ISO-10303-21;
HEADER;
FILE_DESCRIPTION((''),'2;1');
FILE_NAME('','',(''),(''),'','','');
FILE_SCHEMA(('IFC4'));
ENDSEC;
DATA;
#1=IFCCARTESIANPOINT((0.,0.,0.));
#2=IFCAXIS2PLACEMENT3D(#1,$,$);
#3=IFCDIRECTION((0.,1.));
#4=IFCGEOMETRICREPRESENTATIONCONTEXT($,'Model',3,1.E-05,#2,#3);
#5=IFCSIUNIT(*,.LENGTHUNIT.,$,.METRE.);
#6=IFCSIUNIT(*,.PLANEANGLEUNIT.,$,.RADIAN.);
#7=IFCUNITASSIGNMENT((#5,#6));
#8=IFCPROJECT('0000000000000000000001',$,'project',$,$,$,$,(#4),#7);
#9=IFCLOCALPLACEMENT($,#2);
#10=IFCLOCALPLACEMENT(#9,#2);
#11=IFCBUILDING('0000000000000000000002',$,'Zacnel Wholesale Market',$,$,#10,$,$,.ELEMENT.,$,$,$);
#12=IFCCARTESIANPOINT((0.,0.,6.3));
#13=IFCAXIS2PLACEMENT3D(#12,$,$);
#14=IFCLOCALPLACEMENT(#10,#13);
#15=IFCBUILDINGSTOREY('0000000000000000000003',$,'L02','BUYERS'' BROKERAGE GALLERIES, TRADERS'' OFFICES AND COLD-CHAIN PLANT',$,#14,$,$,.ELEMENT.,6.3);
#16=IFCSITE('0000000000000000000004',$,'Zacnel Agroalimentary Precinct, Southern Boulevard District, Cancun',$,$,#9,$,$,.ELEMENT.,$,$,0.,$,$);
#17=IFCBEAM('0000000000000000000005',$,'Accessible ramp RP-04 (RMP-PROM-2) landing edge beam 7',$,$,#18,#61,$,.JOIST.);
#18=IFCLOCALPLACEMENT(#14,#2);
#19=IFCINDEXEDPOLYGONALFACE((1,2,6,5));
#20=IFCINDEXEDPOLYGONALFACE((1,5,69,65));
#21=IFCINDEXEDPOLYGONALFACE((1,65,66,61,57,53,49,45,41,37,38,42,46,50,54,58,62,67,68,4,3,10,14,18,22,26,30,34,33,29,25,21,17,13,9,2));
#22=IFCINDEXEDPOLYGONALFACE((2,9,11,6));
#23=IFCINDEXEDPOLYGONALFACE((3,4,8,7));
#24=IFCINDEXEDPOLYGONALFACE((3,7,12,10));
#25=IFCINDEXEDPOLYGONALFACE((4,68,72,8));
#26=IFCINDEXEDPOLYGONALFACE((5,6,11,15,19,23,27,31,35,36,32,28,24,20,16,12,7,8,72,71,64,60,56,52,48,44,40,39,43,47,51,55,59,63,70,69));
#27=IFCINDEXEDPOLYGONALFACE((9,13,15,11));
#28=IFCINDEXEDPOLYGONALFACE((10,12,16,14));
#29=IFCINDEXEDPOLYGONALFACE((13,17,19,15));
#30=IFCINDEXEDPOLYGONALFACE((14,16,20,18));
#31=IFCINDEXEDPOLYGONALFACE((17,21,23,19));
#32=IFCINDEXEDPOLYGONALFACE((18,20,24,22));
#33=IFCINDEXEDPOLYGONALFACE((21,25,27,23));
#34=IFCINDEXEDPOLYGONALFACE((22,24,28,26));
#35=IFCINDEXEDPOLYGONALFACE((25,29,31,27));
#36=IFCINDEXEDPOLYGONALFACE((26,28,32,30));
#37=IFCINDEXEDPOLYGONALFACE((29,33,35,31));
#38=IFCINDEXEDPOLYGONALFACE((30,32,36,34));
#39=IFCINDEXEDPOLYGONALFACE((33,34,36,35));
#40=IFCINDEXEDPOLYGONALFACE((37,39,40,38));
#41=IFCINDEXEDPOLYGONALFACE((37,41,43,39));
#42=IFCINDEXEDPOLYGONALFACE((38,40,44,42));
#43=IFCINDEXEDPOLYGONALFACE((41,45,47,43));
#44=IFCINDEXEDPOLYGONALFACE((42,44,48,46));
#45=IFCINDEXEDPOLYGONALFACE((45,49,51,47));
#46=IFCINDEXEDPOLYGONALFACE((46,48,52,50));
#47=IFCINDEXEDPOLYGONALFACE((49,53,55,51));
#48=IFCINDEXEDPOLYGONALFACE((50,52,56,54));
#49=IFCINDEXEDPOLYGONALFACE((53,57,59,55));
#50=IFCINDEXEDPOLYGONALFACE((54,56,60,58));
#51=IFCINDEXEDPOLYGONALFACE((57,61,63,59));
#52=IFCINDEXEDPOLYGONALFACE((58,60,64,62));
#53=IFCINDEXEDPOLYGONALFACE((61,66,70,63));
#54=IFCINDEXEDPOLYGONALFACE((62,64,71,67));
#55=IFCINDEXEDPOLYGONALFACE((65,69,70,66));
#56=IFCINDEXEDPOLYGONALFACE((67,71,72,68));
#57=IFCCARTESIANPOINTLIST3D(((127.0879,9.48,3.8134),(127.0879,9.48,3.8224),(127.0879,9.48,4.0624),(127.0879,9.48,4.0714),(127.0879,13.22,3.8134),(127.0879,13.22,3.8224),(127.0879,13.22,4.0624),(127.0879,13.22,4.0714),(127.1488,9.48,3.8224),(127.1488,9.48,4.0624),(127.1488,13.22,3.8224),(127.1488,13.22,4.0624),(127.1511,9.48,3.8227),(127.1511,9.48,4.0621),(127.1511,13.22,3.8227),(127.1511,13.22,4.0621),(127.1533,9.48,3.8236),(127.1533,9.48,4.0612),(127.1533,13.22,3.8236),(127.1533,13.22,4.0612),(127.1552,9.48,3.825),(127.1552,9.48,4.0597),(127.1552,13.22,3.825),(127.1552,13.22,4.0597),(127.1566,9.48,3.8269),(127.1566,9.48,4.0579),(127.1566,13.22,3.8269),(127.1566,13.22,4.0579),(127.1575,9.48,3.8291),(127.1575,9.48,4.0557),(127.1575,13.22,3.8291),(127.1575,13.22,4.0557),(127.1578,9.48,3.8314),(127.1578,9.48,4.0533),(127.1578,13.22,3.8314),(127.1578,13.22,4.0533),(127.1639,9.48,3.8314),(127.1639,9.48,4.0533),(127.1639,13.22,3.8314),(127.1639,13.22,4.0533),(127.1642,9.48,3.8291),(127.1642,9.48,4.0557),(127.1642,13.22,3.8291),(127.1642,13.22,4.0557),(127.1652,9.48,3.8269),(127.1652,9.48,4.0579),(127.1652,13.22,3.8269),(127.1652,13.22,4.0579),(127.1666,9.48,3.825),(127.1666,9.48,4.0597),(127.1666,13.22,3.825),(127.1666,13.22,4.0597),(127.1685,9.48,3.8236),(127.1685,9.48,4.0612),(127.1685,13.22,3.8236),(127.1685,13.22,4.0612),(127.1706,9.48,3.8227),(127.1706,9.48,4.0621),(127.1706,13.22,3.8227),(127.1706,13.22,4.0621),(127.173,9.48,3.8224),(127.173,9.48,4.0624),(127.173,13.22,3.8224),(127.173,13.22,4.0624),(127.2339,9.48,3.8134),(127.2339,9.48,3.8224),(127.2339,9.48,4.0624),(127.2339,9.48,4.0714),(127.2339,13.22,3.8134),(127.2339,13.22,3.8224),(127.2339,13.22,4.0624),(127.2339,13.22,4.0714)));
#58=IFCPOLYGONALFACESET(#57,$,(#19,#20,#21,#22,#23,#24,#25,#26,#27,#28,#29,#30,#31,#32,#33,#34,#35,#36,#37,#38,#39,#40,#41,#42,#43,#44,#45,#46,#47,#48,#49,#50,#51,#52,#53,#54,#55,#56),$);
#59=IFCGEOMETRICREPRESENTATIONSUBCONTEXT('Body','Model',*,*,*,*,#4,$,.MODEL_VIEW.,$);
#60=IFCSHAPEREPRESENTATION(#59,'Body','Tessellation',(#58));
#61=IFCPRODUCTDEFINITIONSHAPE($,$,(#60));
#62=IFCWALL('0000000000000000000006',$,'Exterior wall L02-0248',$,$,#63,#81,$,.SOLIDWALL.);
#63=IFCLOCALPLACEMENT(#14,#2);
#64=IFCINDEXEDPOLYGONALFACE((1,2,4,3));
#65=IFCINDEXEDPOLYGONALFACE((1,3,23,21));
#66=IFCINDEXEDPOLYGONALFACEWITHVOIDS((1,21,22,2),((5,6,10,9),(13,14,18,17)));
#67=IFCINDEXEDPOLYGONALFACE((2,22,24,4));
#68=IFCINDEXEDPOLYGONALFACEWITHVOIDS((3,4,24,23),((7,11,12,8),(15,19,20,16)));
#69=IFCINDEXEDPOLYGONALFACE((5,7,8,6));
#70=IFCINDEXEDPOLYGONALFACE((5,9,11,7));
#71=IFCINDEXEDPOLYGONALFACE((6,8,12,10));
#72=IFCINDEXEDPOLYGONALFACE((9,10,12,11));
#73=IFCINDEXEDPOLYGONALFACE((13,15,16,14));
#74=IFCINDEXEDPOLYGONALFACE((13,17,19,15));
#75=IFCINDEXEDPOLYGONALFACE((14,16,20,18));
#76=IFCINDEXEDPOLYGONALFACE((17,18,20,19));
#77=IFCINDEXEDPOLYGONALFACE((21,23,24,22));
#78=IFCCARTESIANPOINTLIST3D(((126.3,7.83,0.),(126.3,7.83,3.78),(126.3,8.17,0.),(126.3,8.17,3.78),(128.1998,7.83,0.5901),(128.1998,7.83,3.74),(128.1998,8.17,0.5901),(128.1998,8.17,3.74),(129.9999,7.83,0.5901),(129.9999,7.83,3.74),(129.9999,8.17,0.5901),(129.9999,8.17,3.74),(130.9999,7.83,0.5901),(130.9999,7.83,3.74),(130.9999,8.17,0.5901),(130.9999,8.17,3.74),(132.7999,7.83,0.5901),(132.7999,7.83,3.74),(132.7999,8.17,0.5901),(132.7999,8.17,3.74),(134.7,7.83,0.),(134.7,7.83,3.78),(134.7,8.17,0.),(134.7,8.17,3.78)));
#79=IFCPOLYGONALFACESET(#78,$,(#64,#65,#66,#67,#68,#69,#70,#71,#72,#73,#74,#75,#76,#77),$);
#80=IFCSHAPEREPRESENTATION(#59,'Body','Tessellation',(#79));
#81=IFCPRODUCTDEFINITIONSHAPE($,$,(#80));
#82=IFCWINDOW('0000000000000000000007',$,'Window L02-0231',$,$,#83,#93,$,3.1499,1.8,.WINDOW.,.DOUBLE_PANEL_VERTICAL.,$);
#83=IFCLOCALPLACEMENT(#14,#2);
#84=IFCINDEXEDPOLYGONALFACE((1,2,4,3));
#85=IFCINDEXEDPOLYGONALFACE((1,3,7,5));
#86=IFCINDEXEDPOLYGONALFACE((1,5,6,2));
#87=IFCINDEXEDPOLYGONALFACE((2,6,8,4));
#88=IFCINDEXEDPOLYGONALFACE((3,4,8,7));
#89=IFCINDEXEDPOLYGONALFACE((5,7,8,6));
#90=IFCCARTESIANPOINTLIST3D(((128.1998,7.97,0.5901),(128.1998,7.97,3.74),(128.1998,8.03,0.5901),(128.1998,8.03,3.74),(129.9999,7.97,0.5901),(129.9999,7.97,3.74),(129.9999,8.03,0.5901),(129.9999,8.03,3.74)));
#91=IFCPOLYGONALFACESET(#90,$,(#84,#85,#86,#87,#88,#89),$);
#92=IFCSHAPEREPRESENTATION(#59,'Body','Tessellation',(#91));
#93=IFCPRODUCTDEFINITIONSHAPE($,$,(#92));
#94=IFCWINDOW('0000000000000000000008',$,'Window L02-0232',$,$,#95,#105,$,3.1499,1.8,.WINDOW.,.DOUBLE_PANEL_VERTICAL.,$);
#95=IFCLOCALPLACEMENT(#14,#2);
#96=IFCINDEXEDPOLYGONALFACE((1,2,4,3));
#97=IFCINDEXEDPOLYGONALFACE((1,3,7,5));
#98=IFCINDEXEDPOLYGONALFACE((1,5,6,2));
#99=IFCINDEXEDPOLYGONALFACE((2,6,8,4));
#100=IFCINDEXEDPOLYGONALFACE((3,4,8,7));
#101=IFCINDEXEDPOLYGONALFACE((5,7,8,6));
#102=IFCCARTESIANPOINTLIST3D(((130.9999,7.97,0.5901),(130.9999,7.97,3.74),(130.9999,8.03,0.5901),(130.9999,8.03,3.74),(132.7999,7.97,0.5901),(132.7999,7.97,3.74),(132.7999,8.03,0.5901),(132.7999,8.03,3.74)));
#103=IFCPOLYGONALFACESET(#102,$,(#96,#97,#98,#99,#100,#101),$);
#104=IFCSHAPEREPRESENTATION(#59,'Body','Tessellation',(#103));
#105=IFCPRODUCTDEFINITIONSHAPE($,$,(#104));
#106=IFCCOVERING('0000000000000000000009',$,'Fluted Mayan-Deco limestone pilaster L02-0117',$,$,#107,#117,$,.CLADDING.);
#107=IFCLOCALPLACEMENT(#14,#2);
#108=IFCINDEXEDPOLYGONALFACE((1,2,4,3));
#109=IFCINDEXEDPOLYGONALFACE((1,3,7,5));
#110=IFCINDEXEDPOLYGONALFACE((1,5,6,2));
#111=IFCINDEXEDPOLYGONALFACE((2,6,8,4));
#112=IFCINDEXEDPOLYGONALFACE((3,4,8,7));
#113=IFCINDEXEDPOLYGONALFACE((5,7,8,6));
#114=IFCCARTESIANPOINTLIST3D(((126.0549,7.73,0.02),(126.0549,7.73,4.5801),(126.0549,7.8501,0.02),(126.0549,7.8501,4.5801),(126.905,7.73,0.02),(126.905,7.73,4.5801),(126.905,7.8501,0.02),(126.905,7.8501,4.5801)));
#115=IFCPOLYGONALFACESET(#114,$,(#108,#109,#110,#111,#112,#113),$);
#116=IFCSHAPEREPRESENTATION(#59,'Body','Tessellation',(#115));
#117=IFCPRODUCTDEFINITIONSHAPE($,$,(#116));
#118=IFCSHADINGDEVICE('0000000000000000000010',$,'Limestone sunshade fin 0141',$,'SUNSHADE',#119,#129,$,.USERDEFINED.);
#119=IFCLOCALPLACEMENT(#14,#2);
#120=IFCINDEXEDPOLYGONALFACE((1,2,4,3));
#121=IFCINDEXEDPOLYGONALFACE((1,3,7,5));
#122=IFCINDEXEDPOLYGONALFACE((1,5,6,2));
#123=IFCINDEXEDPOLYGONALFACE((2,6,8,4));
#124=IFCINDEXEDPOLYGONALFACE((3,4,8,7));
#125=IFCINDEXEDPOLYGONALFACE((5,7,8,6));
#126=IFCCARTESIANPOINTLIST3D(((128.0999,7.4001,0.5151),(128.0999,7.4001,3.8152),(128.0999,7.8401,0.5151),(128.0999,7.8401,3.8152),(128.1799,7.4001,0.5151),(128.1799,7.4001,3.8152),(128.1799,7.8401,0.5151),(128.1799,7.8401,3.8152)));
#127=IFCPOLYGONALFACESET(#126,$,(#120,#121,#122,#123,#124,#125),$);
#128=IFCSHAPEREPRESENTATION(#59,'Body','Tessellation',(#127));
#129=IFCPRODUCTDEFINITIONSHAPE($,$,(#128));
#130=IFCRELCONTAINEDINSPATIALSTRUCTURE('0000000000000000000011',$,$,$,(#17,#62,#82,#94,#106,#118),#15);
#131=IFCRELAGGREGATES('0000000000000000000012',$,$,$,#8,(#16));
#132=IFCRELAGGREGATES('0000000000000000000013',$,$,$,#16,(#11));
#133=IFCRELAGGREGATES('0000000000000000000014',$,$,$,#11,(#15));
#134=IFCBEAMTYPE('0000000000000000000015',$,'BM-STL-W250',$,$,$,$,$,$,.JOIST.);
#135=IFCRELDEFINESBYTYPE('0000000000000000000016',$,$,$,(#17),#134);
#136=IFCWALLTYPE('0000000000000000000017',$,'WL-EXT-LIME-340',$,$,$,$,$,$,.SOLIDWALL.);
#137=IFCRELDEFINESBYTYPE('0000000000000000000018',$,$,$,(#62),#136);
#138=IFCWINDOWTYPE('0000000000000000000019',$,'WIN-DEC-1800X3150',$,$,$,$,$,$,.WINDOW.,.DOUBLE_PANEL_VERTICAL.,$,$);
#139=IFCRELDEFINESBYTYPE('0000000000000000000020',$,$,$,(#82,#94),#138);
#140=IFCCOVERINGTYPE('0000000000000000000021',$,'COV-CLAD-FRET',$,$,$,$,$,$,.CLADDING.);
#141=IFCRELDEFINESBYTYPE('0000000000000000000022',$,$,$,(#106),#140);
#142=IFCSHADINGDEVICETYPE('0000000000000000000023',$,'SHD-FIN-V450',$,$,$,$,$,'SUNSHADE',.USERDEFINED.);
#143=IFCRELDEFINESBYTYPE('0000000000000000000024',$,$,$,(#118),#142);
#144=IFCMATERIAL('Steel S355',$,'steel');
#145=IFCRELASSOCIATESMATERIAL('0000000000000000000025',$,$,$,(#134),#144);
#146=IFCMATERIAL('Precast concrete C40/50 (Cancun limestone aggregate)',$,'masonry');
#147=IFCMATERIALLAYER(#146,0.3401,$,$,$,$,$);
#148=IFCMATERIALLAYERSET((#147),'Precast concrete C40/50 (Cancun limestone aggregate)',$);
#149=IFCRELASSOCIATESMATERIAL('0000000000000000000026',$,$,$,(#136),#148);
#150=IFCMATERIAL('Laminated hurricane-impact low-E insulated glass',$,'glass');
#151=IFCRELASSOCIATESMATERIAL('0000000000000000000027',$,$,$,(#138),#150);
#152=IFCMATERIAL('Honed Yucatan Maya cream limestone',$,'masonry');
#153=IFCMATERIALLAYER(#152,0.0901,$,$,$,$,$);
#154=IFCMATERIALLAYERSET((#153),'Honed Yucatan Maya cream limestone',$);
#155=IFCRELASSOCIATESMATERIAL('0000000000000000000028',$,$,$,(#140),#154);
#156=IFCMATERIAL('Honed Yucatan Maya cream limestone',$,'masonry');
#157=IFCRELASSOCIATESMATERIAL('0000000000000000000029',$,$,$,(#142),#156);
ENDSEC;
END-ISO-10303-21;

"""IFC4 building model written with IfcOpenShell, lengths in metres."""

from ifc_helpers import new_model, si_unit, direction, frame, frame_2d, origin, origin_2d, place, context, subcontext, project, spatial, rectangle, i_section, extrude, material, layer, layer_set, material_profile, profile_set, type_object, element, fill, save


model = new_model("IFC4")

# Units and contexts
model_context = context("Model", 3, precision=1e-05, world=origin(), true_north=direction((0.0, 1.0)))
body_context = subcontext(model_context, "Body", "Model", "MODEL_VIEW")
ifc_project = project(units=[si_unit("LENGTHUNIT", "METRE"), si_unit("PLANEANGLEUNIT", "RADIAN")], contexts=[model_context])

# Site, building, storey
site_placement = place(None, origin())
site = spatial("IfcSite", under=ifc_project, at=site_placement, Name="Zacnel Agroalimentary Precinct, Southern Boulevard District, Cancun", CompositionType="ELEMENT", RefElevation=0.0)
building_placement = place(site_placement, origin())
building = spatial("IfcBuilding", under=site, at=building_placement, Name="Zacnel Wholesale Market", CompositionType="ELEMENT")
storey_placement = place(building_placement, frame((0.0, 0.0, 6.3)))
storey = spatial("IfcBuildingStorey", under=building, at=storey_placement, Name="L02", Description="BUYERS' BROKERAGE GALLERIES, TRADERS' OFFICES AND COLD-CHAIN PLANT", CompositionType="ELEMENT", Elevation=6.3)

# Beam
ifc_material_1 = material(Name="Steel S355", Category="steel")
ifc_material_profile_1 = material_profile(ifc_material_1, i_section(OverallWidth=0.146, OverallDepth=0.2581, WebThickness=0.0061, FlangeThickness=0.009, FilletRadius=0.009, at=origin_2d()), Name="W250X32.7")
ifc_profile_set_1 = profile_set([ifc_material_profile_1], Name="Steel S355")
beam_type_1 = type_object("IfcBeamType", Name="BM-STL-W250", PredefinedType="JOIST", material=ifc_profile_set_1)
for number, where, z_axis, x_axis, name in (
    (1, (127.1609, 9.48, 3.9424), (0.0, 1.0, 0.0), (-1.0, 0.0, 0.0), "Accessible ramp RP-04 (RMP-PROM-2) landing edge beam 7"),
):
    element("IfcBeam", number, at=place(storey_placement, frame(where, z_axis=z_axis, x_axis=x_axis)), inside=storey, type_object=beam_type_1, Name=name, PredefinedType="JOIST", context=body_context, shape_type="SweptSolid", body=[
        extrude(i_section(OverallWidth=0.146, OverallDepth=0.2581, WebThickness=0.0061, FlangeThickness=0.009, FilletRadius=0.009, at=origin_2d()), origin(), (0.0, 0.0, 1.0), 3.74),
    ])

# Wall, openings, windows
ifc_material_2 = material(Name="Precast concrete C40/50 (Cancun limestone aggregate)", Category="masonry")
ifc_layer_1 = layer(ifc_material_2, 0.3401)
ifc_layer_set_1 = layer_set([ifc_layer_1], Name="Precast concrete C40/50 (Cancun limestone aggregate)")
wall_type = type_object("IfcWallType", Name="WL-EXT-LIME-340", PredefinedType="SOLIDWALL", material=ifc_layer_set_1)
wall_placement = place(storey_placement, frame((126.3, 8.0, 0.0), z_axis=(0.0, 0.0, 1.0), x_axis=(1.0, 0.0, 0.0)))
wall = element("IfcWall", 2, at=wall_placement, inside=storey, type_object=wall_type, Name="Exterior wall L02-0248", PredefinedType="SOLIDWALL", context=body_context, shape_type="SweptSolid", body=[
    extrude(rectangle(XDim=8.3999, YDim=0.3401, at=frame_2d((4.2, 0.0))), origin(), (0.0, 0.0, 1.0), 3.78),
])
opening_1_placement = place(wall_placement, frame((1.8999, 0.0, 0.5901)))
opening_1 = element("IfcOpeningElement", 3, at=opening_1_placement, cuts=wall, PredefinedType="OPENING", context=body_context, shape_type="SweptSolid", body=[
    extrude(rectangle(XDim=1.8, YDim=3.1499, at=frame_2d((0.8999, 1.575))), frame((0.0, 0.1799, 0.0), z_axis=(0.0, -1.0, 0.0), x_axis=(1.0, 0.0, 0.0)), (0.0, 0.0, 1.0), 0.3601),
])
opening_2_placement = place(wall_placement, frame((4.7, 0.0, 0.5901)))
opening_2 = element("IfcOpeningElement", 4, at=opening_2_placement, cuts=wall, PredefinedType="OPENING", context=body_context, shape_type="SweptSolid", body=[
    extrude(rectangle(XDim=1.8, YDim=3.1499, at=frame_2d((0.8999, 1.575))), frame((0.0, 0.1799, 0.0), z_axis=(0.0, -1.0, 0.0), x_axis=(1.0, 0.0, 0.0)), (0.0, 0.0, 1.0), 0.3601),
])
ifc_material_3 = material(Name="Laminated hurricane-impact low-E insulated glass", Category="glass")
window_type = type_object("IfcWindowType", Name="WIN-DEC-1800X3150", PartitioningType="DOUBLE_PANEL_VERTICAL", PredefinedType="WINDOW", material=ifc_material_3)
window_1_placement = place(opening_1_placement, origin())
window_1 = element("IfcWindow", 5, at=window_1_placement, inside=storey, type_object=window_type, Name="Window L02-0231", OverallHeight=3.1499, OverallWidth=1.8, PartitioningType="DOUBLE_PANEL_VERTICAL", PredefinedType="WINDOW", context=body_context, shape_type="SweptSolid", body=[
    extrude(rectangle(XDim=1.8, YDim=3.1499, at=frame_2d((0.8999, 1.575))), frame((0.0, 0.03, 0.0), z_axis=(0.0, -1.0, 0.0), x_axis=(1.0, 0.0, 0.0)), (0.0, 0.0, 1.0), 0.0601),
])
fill(opening_1, window_1)
window_2_placement = place(opening_2_placement, origin())
window_2 = element("IfcWindow", 6, at=window_2_placement, inside=storey, type_object=window_type, Name="Window L02-0232", OverallHeight=3.1499, OverallWidth=1.8, PartitioningType="DOUBLE_PANEL_VERTICAL", PredefinedType="WINDOW", context=body_context, shape_type="SweptSolid", body=[
    extrude(rectangle(XDim=1.8, YDim=3.1499, at=frame_2d((0.8999, 1.575))), frame((0.0, 0.03, 0.0), z_axis=(0.0, -1.0, 0.0), x_axis=(1.0, 0.0, 0.0)), (0.0, 0.0, 1.0), 0.0601),
])
fill(opening_2, window_2)

# Covering
ifc_material_4 = material(Name="Honed Yucatan Maya cream limestone", Category="masonry")
ifc_layer_2 = layer(ifc_material_4, 0.0901)
ifc_layer_set_2 = layer_set([ifc_layer_2], Name="Honed Yucatan Maya cream limestone")
covering_type = type_object("IfcCoveringType", Name="COV-CLAD-FRET", PredefinedType="CLADDING", material=ifc_layer_set_2)
covering_placement = place(storey_placement, frame((126.48, 7.79, 0.02), z_axis=(0.0, 0.0, 1.0), x_axis=(1.0, 0.0, 0.0)))
element("IfcCovering", 7, at=covering_placement, inside=storey, type_object=covering_type, Name="Fluted Mayan-Deco limestone pilaster L02-0117", PredefinedType="CLADDING", context=body_context, shape_type="SweptSolid", body=[
    extrude(rectangle(XDim=0.8501, YDim=0.1201, at=origin_2d()), origin(), (0.0, 0.0, 1.0), 4.5601),
])

# Shading device
ifc_material_5 = material(Name="Honed Yucatan Maya cream limestone", Category="masonry")
shading_device_type = type_object("IfcShadingDeviceType", Name="SHD-FIN-V450", ElementType="SUNSHADE", PredefinedType="USERDEFINED", material=ifc_material_5)
shading_device_placement = place(storey_placement, frame((128.1399, 7.6201, 0.5151), z_axis=(0.0, 0.0, 1.0), x_axis=(1.0, 0.0, 0.0)))
element("IfcShadingDevice", 8, at=shading_device_placement, inside=storey, type_object=shading_device_type, Name="Limestone sunshade fin 0141", ObjectType="SUNSHADE", PredefinedType="USERDEFINED", context=body_context, shape_type="SweptSolid", body=[
    extrude(rectangle(XDim=0.0801, YDim=0.4399, at=origin_2d()), origin(), (0.0, 0.0, 1.0), 3.3),
])

save(model, "model.ifc")
